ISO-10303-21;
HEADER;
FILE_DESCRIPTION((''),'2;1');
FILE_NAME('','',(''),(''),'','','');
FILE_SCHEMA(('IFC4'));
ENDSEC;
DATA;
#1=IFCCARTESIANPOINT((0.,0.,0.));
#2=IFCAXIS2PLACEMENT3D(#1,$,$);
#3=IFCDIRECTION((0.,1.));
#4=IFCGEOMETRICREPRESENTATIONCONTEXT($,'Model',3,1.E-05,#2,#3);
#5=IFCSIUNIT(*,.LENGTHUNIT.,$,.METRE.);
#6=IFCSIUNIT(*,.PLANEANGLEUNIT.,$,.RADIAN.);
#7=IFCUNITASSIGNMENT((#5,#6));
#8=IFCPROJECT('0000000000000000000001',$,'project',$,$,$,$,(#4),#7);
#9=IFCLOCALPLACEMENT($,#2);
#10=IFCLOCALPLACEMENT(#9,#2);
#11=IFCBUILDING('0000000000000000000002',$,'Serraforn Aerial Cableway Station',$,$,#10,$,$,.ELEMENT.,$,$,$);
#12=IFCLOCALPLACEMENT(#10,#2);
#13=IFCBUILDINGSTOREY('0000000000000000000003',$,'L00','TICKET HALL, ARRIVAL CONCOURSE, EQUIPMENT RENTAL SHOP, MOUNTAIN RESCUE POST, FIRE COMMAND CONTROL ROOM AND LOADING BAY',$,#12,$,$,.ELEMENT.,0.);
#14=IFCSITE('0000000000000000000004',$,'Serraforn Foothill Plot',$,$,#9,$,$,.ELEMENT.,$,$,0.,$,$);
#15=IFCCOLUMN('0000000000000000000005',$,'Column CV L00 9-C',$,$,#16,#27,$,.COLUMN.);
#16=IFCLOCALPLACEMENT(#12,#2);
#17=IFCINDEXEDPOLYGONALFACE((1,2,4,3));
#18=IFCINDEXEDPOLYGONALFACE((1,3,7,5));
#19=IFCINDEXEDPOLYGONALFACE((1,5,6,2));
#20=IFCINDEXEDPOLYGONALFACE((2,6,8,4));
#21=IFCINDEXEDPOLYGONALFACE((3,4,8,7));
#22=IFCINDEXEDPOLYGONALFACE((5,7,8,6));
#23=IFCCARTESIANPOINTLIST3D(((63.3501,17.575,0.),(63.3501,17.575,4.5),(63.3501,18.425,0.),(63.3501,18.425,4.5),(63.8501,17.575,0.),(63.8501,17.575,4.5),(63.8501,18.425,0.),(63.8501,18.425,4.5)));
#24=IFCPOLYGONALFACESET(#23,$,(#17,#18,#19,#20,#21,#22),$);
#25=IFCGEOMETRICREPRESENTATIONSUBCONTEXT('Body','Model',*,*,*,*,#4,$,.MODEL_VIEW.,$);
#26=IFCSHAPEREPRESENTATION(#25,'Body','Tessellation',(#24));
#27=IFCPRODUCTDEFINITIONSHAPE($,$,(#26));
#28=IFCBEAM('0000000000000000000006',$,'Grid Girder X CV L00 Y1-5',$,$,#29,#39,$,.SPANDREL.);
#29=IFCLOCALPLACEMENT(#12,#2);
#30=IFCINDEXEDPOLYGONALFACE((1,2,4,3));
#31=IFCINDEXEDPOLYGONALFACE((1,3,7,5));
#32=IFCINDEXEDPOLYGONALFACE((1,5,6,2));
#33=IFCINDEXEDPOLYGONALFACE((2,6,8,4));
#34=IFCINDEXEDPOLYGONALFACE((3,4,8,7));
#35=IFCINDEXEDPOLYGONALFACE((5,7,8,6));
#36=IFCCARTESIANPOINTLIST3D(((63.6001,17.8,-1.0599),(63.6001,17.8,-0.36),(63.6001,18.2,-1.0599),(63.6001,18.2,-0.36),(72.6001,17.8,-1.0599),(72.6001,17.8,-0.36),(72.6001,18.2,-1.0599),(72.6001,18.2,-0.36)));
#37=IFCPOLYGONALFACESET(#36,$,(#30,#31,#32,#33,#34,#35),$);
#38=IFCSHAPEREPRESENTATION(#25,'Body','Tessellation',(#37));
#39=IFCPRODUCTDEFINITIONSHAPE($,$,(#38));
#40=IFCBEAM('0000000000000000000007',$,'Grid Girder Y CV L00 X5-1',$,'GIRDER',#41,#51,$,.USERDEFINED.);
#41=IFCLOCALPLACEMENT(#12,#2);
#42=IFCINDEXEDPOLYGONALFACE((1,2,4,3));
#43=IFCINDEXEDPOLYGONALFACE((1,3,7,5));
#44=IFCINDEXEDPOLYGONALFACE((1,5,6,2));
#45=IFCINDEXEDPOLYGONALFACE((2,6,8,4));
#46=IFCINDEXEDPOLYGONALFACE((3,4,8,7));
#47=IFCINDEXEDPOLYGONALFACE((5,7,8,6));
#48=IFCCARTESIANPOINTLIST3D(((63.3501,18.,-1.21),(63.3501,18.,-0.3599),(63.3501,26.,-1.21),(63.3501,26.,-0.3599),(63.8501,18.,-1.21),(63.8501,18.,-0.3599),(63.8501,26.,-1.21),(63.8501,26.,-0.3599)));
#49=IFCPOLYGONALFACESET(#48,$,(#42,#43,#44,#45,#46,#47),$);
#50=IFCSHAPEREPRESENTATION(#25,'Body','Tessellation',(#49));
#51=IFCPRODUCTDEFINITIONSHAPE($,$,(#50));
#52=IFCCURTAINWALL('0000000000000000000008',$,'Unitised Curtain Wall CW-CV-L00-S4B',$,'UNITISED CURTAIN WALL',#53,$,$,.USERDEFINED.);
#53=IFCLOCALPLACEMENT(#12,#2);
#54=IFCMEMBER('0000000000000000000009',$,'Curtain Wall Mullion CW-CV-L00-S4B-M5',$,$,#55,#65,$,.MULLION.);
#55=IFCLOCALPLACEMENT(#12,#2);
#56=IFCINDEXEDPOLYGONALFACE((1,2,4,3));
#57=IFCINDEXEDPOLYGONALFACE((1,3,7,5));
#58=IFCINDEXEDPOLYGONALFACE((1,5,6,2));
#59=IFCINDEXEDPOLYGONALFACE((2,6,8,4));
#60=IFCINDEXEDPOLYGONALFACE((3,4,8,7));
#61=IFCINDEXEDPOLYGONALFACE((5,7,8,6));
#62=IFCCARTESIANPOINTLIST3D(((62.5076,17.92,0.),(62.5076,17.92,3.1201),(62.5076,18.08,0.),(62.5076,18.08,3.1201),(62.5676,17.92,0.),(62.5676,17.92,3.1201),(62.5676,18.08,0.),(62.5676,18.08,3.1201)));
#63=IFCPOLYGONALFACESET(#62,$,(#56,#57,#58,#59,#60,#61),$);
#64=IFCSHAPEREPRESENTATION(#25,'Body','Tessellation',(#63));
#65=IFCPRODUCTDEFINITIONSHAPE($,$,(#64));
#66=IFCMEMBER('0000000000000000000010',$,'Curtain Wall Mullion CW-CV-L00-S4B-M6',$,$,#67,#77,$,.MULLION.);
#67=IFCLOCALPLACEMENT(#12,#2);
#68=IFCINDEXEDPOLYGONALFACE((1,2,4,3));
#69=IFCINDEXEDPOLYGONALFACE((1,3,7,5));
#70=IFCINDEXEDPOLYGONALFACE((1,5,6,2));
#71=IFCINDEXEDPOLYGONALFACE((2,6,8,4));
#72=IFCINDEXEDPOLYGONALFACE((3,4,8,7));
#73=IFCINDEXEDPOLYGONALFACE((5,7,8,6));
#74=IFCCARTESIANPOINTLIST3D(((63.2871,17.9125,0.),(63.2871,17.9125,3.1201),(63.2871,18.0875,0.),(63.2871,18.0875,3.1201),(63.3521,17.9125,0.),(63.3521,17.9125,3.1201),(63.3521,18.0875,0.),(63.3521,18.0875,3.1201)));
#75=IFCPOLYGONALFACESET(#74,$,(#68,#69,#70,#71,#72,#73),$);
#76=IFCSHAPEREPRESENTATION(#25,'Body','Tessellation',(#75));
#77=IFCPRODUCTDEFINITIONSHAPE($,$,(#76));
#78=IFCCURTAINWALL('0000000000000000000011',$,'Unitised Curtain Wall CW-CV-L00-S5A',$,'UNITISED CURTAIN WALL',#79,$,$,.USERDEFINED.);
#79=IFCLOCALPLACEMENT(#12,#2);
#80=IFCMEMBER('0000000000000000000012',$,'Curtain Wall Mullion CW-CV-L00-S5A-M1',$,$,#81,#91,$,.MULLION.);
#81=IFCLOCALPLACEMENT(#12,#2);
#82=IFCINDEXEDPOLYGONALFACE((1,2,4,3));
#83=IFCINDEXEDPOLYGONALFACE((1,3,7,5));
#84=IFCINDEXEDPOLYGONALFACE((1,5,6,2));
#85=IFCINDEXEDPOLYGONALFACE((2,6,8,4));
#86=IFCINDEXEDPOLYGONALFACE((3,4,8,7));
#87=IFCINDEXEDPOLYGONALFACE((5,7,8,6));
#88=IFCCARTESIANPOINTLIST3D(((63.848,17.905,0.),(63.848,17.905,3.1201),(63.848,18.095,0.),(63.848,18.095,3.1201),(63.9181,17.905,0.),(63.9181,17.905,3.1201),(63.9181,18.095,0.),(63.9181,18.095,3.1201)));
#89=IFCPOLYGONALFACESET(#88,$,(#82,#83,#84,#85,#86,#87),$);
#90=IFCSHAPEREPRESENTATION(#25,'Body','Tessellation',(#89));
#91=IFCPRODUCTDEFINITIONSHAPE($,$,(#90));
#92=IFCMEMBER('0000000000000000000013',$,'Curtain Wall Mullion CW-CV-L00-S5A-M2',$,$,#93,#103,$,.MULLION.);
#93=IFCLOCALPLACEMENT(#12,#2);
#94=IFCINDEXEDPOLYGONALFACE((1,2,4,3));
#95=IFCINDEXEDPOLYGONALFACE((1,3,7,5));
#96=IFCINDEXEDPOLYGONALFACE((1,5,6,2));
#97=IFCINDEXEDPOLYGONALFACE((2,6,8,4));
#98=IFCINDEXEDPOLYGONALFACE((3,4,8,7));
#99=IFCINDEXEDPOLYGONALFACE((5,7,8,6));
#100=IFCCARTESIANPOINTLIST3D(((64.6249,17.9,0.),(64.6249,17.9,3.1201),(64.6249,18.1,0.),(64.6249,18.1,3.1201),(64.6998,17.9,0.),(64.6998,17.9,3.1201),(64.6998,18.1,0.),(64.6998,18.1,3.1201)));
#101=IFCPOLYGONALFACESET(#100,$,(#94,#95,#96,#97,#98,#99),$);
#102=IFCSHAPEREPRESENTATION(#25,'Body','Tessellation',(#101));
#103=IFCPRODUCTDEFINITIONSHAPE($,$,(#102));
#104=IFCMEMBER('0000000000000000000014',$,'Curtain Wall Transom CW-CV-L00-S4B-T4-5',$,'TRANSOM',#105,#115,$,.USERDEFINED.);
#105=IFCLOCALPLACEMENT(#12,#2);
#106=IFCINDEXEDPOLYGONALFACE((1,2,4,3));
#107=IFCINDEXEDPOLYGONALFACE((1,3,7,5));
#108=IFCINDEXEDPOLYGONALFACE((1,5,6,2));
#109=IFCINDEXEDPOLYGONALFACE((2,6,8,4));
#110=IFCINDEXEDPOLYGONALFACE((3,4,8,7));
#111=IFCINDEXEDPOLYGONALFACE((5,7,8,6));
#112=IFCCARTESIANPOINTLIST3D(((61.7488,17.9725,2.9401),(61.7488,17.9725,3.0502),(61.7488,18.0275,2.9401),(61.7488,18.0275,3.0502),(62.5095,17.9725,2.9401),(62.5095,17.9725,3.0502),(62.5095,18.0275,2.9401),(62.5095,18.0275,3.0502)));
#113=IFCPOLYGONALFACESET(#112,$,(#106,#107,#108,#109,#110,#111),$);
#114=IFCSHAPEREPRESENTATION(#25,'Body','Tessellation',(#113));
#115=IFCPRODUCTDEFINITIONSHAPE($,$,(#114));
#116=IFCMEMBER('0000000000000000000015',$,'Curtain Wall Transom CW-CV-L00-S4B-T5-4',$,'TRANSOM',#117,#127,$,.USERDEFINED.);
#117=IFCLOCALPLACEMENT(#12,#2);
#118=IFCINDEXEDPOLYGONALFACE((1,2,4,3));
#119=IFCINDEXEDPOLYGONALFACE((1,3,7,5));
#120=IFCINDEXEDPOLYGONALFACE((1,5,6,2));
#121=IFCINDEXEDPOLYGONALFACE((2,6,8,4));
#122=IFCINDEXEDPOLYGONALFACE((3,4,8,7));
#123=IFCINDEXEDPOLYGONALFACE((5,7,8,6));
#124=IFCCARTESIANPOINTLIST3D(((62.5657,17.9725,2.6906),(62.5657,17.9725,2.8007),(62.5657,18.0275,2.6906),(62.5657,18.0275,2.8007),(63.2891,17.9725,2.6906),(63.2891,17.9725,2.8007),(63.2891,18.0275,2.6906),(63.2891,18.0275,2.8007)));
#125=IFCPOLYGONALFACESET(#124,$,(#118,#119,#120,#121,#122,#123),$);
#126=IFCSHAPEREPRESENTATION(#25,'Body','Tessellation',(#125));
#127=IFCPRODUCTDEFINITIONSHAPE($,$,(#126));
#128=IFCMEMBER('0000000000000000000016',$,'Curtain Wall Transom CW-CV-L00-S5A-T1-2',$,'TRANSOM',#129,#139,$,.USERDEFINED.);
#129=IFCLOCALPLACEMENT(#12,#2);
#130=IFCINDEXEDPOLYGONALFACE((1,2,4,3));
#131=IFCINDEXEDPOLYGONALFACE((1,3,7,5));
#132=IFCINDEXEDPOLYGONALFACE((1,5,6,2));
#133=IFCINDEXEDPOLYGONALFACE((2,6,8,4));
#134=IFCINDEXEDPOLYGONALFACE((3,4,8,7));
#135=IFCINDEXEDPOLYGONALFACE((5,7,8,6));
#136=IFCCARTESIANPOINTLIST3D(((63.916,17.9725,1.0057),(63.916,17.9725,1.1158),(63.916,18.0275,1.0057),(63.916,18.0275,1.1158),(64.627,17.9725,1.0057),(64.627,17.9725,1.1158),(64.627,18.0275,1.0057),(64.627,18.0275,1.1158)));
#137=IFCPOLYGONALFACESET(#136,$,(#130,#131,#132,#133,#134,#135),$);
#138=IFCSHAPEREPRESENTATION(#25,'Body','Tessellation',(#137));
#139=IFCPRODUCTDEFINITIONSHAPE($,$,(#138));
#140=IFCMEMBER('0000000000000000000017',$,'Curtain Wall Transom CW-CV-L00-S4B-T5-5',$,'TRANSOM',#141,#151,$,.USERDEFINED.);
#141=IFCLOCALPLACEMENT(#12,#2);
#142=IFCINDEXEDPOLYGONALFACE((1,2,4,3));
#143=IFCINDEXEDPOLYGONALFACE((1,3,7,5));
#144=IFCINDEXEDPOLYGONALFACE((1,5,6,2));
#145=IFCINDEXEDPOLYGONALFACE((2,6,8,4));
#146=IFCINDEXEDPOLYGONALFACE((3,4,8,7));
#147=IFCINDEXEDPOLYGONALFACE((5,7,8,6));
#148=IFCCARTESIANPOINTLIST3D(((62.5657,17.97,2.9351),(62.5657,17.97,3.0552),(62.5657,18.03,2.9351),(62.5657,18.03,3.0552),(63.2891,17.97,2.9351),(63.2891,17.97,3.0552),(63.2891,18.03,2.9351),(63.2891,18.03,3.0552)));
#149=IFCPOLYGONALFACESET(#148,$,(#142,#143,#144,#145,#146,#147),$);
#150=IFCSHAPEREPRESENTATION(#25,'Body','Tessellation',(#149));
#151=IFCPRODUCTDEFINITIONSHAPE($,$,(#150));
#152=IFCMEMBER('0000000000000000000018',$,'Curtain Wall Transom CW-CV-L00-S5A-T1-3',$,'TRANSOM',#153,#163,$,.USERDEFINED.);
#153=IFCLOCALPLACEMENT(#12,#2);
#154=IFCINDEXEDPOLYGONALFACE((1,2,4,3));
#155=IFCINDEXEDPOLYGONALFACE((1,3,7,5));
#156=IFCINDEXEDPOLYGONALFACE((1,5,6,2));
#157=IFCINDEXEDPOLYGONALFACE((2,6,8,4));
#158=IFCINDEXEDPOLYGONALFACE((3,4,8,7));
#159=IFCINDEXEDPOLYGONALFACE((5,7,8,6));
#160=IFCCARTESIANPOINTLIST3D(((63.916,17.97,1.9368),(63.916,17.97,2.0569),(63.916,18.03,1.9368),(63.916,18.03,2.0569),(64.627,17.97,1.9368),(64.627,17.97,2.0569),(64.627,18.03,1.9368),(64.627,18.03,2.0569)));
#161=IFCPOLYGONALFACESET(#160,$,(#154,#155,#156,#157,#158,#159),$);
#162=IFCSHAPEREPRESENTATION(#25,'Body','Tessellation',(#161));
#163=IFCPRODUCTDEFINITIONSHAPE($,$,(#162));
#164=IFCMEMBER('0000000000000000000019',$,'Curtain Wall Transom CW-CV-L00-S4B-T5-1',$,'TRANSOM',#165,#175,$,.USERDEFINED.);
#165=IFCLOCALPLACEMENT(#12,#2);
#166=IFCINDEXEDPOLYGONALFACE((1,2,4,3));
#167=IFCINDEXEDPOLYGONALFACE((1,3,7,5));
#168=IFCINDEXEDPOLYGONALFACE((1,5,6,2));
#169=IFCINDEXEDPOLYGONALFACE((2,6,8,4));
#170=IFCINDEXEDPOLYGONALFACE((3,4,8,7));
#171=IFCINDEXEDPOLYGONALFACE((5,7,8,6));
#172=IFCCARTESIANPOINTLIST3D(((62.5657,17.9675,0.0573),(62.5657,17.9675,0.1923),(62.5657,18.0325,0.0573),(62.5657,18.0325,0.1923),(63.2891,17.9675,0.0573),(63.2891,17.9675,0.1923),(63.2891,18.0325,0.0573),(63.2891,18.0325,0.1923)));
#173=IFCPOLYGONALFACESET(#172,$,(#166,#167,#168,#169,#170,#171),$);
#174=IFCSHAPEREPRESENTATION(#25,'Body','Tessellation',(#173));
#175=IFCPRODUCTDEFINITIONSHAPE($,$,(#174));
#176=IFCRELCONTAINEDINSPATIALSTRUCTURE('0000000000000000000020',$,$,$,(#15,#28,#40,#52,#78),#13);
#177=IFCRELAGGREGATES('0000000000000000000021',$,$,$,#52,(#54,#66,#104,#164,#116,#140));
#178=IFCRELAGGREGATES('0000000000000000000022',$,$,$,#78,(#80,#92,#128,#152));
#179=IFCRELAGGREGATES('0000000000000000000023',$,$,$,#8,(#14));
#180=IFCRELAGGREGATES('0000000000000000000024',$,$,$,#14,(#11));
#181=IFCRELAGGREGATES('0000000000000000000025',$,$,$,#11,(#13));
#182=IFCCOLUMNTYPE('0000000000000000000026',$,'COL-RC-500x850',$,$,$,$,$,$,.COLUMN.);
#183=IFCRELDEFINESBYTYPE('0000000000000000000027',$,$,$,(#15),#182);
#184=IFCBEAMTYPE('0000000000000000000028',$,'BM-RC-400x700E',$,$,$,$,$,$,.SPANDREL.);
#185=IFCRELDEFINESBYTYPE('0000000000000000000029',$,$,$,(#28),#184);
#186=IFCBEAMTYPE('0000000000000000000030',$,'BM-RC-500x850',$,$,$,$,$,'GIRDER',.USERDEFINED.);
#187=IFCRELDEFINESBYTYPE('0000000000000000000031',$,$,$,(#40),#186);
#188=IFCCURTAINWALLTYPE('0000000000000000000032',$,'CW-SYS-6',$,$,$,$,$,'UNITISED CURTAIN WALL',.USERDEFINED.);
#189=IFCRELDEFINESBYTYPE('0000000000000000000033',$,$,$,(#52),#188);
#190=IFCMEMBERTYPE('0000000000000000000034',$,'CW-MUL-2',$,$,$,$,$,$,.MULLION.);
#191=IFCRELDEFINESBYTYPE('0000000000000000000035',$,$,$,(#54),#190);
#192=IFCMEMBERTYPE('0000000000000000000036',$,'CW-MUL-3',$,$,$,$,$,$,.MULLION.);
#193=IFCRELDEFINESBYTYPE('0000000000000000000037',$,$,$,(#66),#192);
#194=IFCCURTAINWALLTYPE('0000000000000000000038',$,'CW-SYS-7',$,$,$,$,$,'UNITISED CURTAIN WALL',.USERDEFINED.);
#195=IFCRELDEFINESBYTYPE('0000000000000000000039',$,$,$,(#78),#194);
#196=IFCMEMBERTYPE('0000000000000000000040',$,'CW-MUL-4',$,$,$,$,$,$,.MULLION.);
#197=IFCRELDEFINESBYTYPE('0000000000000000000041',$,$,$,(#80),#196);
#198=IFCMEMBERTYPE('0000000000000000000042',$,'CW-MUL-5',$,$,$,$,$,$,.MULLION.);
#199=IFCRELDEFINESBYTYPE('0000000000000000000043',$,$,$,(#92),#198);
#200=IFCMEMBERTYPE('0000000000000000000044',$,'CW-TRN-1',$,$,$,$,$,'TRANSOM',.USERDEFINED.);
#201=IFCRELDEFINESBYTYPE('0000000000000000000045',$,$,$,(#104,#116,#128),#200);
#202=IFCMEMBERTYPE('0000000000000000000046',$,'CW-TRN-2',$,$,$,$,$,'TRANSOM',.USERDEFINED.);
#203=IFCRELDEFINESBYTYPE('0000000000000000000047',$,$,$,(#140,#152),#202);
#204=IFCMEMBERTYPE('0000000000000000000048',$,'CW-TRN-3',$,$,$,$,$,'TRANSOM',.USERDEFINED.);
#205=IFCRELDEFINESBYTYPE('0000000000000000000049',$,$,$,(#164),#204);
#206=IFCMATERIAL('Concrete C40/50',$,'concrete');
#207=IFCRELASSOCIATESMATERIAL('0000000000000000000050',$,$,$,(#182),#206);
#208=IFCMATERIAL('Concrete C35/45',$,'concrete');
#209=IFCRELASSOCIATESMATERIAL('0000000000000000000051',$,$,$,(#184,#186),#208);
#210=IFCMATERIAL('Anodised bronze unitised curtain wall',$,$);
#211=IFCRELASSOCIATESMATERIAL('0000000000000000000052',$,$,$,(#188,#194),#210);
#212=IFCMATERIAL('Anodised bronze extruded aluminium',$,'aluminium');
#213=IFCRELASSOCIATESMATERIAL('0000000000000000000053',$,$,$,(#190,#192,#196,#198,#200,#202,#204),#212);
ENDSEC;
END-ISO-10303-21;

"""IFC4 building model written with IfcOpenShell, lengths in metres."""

from ifc_helpers import new_model, si_unit, direction, frame, origin, origin_2d, place, context, subcontext, project, spatial, rectangle, extrude, material, material_profile, profile_set, type_object, element, aggregate, save


model = new_model("IFC4")

# Units and contexts
model_context = context("Model", 3, precision=1e-05, world=origin(), true_north=direction((0.0, 1.0)))
body_context = subcontext(model_context, "Body", "Model", "MODEL_VIEW")
ifc_project = project(units=[si_unit("LENGTHUNIT", "METRE"), si_unit("PLANEANGLEUNIT", "RADIAN")], contexts=[model_context])

# Site, building, storey
site_placement = place(None, origin())
site = spatial("IfcSite", under=ifc_project, at=site_placement, Name="Serraforn Foothill Plot", CompositionType="ELEMENT", RefElevation=0.0)
building_placement = place(site_placement, origin())
building = spatial("IfcBuilding", under=site, at=building_placement, Name="Serraforn Aerial Cableway Station", CompositionType="ELEMENT")
storey_placement = place(building_placement, origin())
storey = spatial("IfcBuildingStorey", under=building, at=storey_placement, Name="L00", Description="TICKET HALL, ARRIVAL CONCOURSE, EQUIPMENT RENTAL SHOP, MOUNTAIN RESCUE POST, FIRE COMMAND CONTROL ROOM AND LOADING BAY", CompositionType="ELEMENT", Elevation=0.0)

# Column
ifc_material_1 = material(Name="Concrete C40/50", Category="concrete")
ifc_material_profile_1 = material_profile(ifc_material_1, rectangle(XDim=0.5, YDim=0.8501, at=origin_2d()), Name="RC 500x850")
ifc_profile_set_1 = profile_set([ifc_material_profile_1], Name="Concrete C40/50")
column_type = type_object("IfcColumnType", Name="COL-RC-500x850", PredefinedType="COLUMN", material=ifc_profile_set_1)
column_placement = place(storey_placement, frame((63.6001, 18.0, 0.0), z_axis=(0.0, 0.0, 1.0), x_axis=(1.0, 0.0, 0.0)))
element("IfcColumn", 1, at=column_placement, inside=storey, type_object=column_type, Name="Column CV L00 9-C", PredefinedType="COLUMN", context=body_context, shape_type="SweptSolid", body=[
    extrude(rectangle(XDim=0.5, YDim=0.8501, at=origin_2d()), origin(), (0.0, 0.0, 1.0), 4.5),
])

# Beams
ifc_material_2 = material(Name="Concrete C35/45", Category="concrete")
ifc_material_profile_2 = material_profile(ifc_material_2, rectangle(XDim=0.3999, YDim=0.7, at=origin_2d()), Name="RC 400x700")
ifc_profile_set_2 = profile_set([ifc_material_profile_2], Name="Concrete C35/45")
beam_type_1 = type_object("IfcBeamType", Name="BM-RC-400x700E", PredefinedType="SPANDREL", material=ifc_profile_set_2)
beam_1_placement = place(storey_placement, frame((63.6001, 18.0, -0.71), z_axis=(1.0, 0.0, 0.0), x_axis=(0.0, 1.0, 0.0)))
element("IfcBeam", 2, at=beam_1_placement, inside=storey, type_object=beam_type_1, Name="Grid Girder X CV L00 Y1-5", PredefinedType="SPANDREL", context=body_context, shape_type="SweptSolid", body=[
    extrude(rectangle(XDim=0.3999, YDim=0.7, at=origin_2d()), origin(), (0.0, 0.0, 1.0), 9.0),
])
ifc_material_profile_3 = material_profile(ifc_material_2, rectangle(XDim=0.5, YDim=0.8501, at=origin_2d()), Name="RC 500x850")
ifc_profile_set_3 = profile_set([ifc_material_profile_3], Name="Concrete C35/45")
beam_type_2 = type_object("IfcBeamType", Name="BM-RC-500x850", ElementType="GIRDER", PredefinedType="USERDEFINED", material=ifc_profile_set_3)
beam_2_placement = place(storey_placement, frame((63.6001, 18.0, -0.7849), z_axis=(0.0, 1.0, 0.0), x_axis=(-1.0, 0.0, 0.0)))
element("IfcBeam", 3, at=beam_2_placement, inside=storey, type_object=beam_type_2, Name="Grid Girder Y CV L00 X5-1", ObjectType="GIRDER", PredefinedType="USERDEFINED", context=body_context, shape_type="SweptSolid", body=[
    extrude(rectangle(XDim=0.5, YDim=0.8501, at=origin_2d()), origin(), (0.0, 0.0, 1.0), 8.0),
])

# Curtain walls, members
ifc_material_3 = material(Name="Anodised bronze unitised curtain wall")
curtain_wall_type_1 = type_object("IfcCurtainWallType", Name="CW-SYS-6", ElementType="UNITISED CURTAIN WALL", PredefinedType="USERDEFINED", material=ifc_material_3)
curtain_wall_1_placement = place(storey_placement, origin())
curtain_wall_1 = element("IfcCurtainWall", 4, at=curtain_wall_1_placement, inside=storey, type_object=curtain_wall_type_1, Name="Unitised Curtain Wall CW-CV-L00-S4B", ObjectType="UNITISED CURTAIN WALL", PredefinedType="USERDEFINED")
ifc_material_4 = material(Name="Anodised bronze extruded aluminium", Category="aluminium")
ifc_material_profile_4 = material_profile(ifc_material_4, rectangle(XDim=0.0601, YDim=0.1599, at=origin_2d()), Name="CW MULLION 60x160")
ifc_profile_set_4 = profile_set([ifc_material_profile_4], Name="Anodised bronze extruded aluminium")
member_type_1 = type_object("IfcMemberType", Name="CW-MUL-2", PredefinedType="MULLION", material=ifc_profile_set_4)
member_1_placement = place(storey_placement, frame((62.5376, 18.0, 0.0), z_axis=(0.0, 0.0, 1.0), x_axis=(1.0, 0.0, 0.0)))
member_1 = element("IfcMember", 5, at=member_1_placement, type_object=member_type_1, Name="Curtain Wall Mullion CW-CV-L00-S4B-M5", PredefinedType="MULLION", context=body_context, shape_type="SweptSolid", body=[
    extrude(rectangle(XDim=0.0601, YDim=0.1599, at=origin_2d()), origin(), (0.0, 0.0, 1.0), 3.1201),
])
ifc_material_profile_5 = material_profile(ifc_material_4, rectangle(XDim=0.0649, YDim=0.175, at=origin_2d()), Name="CW MULLION 65x175")
ifc_profile_set_5 = profile_set([ifc_material_profile_5], Name="Anodised bronze extruded aluminium")
member_type_2 = type_object("IfcMemberType", Name="CW-MUL-3", PredefinedType="MULLION", material=ifc_profile_set_5)
member_2_placement = place(storey_placement, frame((63.3196, 18.0, 0.0), z_axis=(0.0, 0.0, 1.0), x_axis=(1.0, 0.0, 0.0)))
member_2 = element("IfcMember", 6, at=member_2_placement, type_object=member_type_2, Name="Curtain Wall Mullion CW-CV-L00-S4B-M6", PredefinedType="MULLION", context=body_context, shape_type="SweptSolid", body=[
    extrude(rectangle(XDim=0.0649, YDim=0.175, at=origin_2d()), origin(), (0.0, 0.0, 1.0), 3.1201),
])
curtain_wall_type_2 = type_object("IfcCurtainWallType", Name="CW-SYS-7", ElementType="UNITISED CURTAIN WALL", PredefinedType="USERDEFINED", material=ifc_material_3)
curtain_wall_2_placement = place(storey_placement, origin())
curtain_wall_2 = element("IfcCurtainWall", 7, at=curtain_wall_2_placement, inside=storey, type_object=curtain_wall_type_2, Name="Unitised Curtain Wall CW-CV-L00-S5A", ObjectType="UNITISED CURTAIN WALL", PredefinedType="USERDEFINED")
ifc_material_profile_6 = material_profile(ifc_material_4, rectangle(XDim=0.0701, YDim=0.1899, at=origin_2d()), Name="CW MULLION 70x190")
ifc_profile_set_6 = profile_set([ifc_material_profile_6], Name="Anodised bronze extruded aluminium")
member_type_3 = type_object("IfcMemberType", Name="CW-MUL-4", PredefinedType="MULLION", material=ifc_profile_set_6)
member_3_placement = place(storey_placement, frame((63.8831, 18.0, 0.0), z_axis=(0.0, 0.0, 1.0), x_axis=(1.0, 0.0, 0.0)))
member_3 = element("IfcMember", 8, at=member_3_placement, type_object=member_type_3, Name="Curtain Wall Mullion CW-CV-L00-S5A-M1", PredefinedType="MULLION", context=body_context, shape_type="SweptSolid", body=[
    extrude(rectangle(XDim=0.0701, YDim=0.1899, at=origin_2d()), origin(), (0.0, 0.0, 1.0), 3.1201),
])
ifc_material_profile_7 = material_profile(ifc_material_4, rectangle(XDim=0.075, YDim=0.2, at=origin_2d()), Name="CW MULLION 75x200")
ifc_profile_set_7 = profile_set([ifc_material_profile_7], Name="Anodised bronze extruded aluminium")
member_type_4 = type_object("IfcMemberType", Name="CW-MUL-5", PredefinedType="MULLION", material=ifc_profile_set_7)
member_4_placement = place(storey_placement, frame((64.6624, 18.0, 0.0), z_axis=(0.0, 0.0, 1.0), x_axis=(1.0, 0.0, 0.0)))
member_4 = element("IfcMember", 9, at=member_4_placement, type_object=member_type_4, Name="Curtain Wall Mullion CW-CV-L00-S5A-M2", PredefinedType="MULLION", context=body_context, shape_type="SweptSolid", body=[
    extrude(rectangle(XDim=0.075, YDim=0.2, at=origin_2d()), origin(), (0.0, 0.0, 1.0), 3.1201),
])

# Members
ifc_material_profile_8 = material_profile(ifc_material_4, rectangle(XDim=0.0549, YDim=0.1101, at=origin_2d()), Name="CW TRANSOM 55x110")
ifc_profile_set_8 = profile_set([ifc_material_profile_8], Name="Anodised bronze extruded aluminium")
member_type_5 = type_object("IfcMemberType", Name="CW-TRN-1", ElementType="TRANSOM", PredefinedType="USERDEFINED", material=ifc_profile_set_8)
member_5_placement = place(storey_placement, frame((61.7488, 18.0, 2.9951), z_axis=(1.0, 0.0, 0.0), x_axis=(0.0, 1.0, 0.0)))
member_5 = element("IfcMember", 10, at=member_5_placement, type_object=member_type_5, Name="Curtain Wall Transom CW-CV-L00-S4B-T4-5", ObjectType="TRANSOM", PredefinedType="USERDEFINED", context=body_context, shape_type="SweptSolid", body=[
    extrude(rectangle(XDim=0.0549, YDim=0.1101, at=origin_2d()), origin(), (0.0, 0.0, 1.0), 0.7607),
])
member_6_placement = place(storey_placement, frame((62.5657, 18.0, 2.7456), z_axis=(1.0, 0.0, 0.0), x_axis=(0.0, 1.0, 0.0)))
member_6 = element("IfcMember", 11, at=member_6_placement, type_object=member_type_5, Name="Curtain Wall Transom CW-CV-L00-S4B-T5-4", ObjectType="TRANSOM", PredefinedType="USERDEFINED", context=body_context, shape_type="SweptSolid", body=[
    extrude(rectangle(XDim=0.0549, YDim=0.1101, at=origin_2d()), origin(), (0.0, 0.0, 1.0), 0.7234),
])
member_7_placement = place(storey_placement, frame((63.916, 18.0, 1.0608), z_axis=(1.0, 0.0, 0.0), x_axis=(0.0, 1.0, 0.0)))
member_7 = element("IfcMember", 12, at=member_7_placement, type_object=member_type_5, Name="Curtain Wall Transom CW-CV-L00-S5A-T1-2", ObjectType="TRANSOM", PredefinedType="USERDEFINED", context=body_context, shape_type="SweptSolid", body=[
    extrude(rectangle(XDim=0.0549, YDim=0.1101, at=origin_2d()), origin(), (0.0, 0.0, 1.0), 0.7109),
])
ifc_material_profile_9 = material_profile(ifc_material_4, rectangle(XDim=0.0601, YDim=0.1201, at=origin_2d()), Name="CW TRANSOM 60x120")
ifc_profile_set_9 = profile_set([ifc_material_profile_9], Name="Anodised bronze extruded aluminium")
member_type_6 = type_object("IfcMemberType", Name="CW-TRN-2", ElementType="TRANSOM", PredefinedType="USERDEFINED", material=ifc_profile_set_9)
member_8_placement = place(storey_placement, frame((62.5657, 18.0, 2.9951), z_axis=(1.0, 0.0, 0.0), x_axis=(0.0, 1.0, 0.0)))
member_8 = element("IfcMember", 13, at=member_8_placement, type_object=member_type_6, Name="Curtain Wall Transom CW-CV-L00-S4B-T5-5", ObjectType="TRANSOM", PredefinedType="USERDEFINED", context=body_context, shape_type="SweptSolid", body=[
    extrude(rectangle(XDim=0.0601, YDim=0.1201, at=origin_2d()), origin(), (0.0, 0.0, 1.0), 0.7234),
])
member_9_placement = place(storey_placement, frame((63.916, 18.0, 1.9968), z_axis=(1.0, 0.0, 0.0), x_axis=(0.0, 1.0, 0.0)))
member_9 = element("IfcMember", 14, at=member_9_placement, type_object=member_type_6, Name="Curtain Wall Transom CW-CV-L00-S5A-T1-3", ObjectType="TRANSOM", PredefinedType="USERDEFINED", context=body_context, shape_type="SweptSolid", body=[
    extrude(rectangle(XDim=0.0601, YDim=0.1201, at=origin_2d()), origin(), (0.0, 0.0, 1.0), 0.7109),
])
ifc_material_profile_10 = material_profile(ifc_material_4, rectangle(XDim=0.0649, YDim=0.135, at=origin_2d()), Name="CW TRANSOM 65x135")
ifc_profile_set_10 = profile_set([ifc_material_profile_10], Name="Anodised bronze extruded aluminium")
member_type_7 = type_object("IfcMemberType", Name="CW-TRN-3", ElementType="TRANSOM", PredefinedType="USERDEFINED", material=ifc_profile_set_10)
member_10_placement = place(storey_placement, frame((62.5657, 18.0, 0.1248), z_axis=(1.0, 0.0, 0.0), x_axis=(0.0, 1.0, 0.0)))
member_10 = element("IfcMember", 15, at=member_10_placement, type_object=member_type_7, Name="Curtain Wall Transom CW-CV-L00-S4B-T5-1", ObjectType="TRANSOM", PredefinedType="USERDEFINED", context=body_context, shape_type="SweptSolid", body=[
    extrude(rectangle(XDim=0.0649, YDim=0.135, at=origin_2d()), origin(), (0.0, 0.0, 1.0), 0.7234),
])

aggregate(curtain_wall_1, [member_1, member_2, member_5, member_10, member_6, member_8])
aggregate(curtain_wall_2, [member_3, member_4, member_7, member_9])

save(model, "model.ifc")
